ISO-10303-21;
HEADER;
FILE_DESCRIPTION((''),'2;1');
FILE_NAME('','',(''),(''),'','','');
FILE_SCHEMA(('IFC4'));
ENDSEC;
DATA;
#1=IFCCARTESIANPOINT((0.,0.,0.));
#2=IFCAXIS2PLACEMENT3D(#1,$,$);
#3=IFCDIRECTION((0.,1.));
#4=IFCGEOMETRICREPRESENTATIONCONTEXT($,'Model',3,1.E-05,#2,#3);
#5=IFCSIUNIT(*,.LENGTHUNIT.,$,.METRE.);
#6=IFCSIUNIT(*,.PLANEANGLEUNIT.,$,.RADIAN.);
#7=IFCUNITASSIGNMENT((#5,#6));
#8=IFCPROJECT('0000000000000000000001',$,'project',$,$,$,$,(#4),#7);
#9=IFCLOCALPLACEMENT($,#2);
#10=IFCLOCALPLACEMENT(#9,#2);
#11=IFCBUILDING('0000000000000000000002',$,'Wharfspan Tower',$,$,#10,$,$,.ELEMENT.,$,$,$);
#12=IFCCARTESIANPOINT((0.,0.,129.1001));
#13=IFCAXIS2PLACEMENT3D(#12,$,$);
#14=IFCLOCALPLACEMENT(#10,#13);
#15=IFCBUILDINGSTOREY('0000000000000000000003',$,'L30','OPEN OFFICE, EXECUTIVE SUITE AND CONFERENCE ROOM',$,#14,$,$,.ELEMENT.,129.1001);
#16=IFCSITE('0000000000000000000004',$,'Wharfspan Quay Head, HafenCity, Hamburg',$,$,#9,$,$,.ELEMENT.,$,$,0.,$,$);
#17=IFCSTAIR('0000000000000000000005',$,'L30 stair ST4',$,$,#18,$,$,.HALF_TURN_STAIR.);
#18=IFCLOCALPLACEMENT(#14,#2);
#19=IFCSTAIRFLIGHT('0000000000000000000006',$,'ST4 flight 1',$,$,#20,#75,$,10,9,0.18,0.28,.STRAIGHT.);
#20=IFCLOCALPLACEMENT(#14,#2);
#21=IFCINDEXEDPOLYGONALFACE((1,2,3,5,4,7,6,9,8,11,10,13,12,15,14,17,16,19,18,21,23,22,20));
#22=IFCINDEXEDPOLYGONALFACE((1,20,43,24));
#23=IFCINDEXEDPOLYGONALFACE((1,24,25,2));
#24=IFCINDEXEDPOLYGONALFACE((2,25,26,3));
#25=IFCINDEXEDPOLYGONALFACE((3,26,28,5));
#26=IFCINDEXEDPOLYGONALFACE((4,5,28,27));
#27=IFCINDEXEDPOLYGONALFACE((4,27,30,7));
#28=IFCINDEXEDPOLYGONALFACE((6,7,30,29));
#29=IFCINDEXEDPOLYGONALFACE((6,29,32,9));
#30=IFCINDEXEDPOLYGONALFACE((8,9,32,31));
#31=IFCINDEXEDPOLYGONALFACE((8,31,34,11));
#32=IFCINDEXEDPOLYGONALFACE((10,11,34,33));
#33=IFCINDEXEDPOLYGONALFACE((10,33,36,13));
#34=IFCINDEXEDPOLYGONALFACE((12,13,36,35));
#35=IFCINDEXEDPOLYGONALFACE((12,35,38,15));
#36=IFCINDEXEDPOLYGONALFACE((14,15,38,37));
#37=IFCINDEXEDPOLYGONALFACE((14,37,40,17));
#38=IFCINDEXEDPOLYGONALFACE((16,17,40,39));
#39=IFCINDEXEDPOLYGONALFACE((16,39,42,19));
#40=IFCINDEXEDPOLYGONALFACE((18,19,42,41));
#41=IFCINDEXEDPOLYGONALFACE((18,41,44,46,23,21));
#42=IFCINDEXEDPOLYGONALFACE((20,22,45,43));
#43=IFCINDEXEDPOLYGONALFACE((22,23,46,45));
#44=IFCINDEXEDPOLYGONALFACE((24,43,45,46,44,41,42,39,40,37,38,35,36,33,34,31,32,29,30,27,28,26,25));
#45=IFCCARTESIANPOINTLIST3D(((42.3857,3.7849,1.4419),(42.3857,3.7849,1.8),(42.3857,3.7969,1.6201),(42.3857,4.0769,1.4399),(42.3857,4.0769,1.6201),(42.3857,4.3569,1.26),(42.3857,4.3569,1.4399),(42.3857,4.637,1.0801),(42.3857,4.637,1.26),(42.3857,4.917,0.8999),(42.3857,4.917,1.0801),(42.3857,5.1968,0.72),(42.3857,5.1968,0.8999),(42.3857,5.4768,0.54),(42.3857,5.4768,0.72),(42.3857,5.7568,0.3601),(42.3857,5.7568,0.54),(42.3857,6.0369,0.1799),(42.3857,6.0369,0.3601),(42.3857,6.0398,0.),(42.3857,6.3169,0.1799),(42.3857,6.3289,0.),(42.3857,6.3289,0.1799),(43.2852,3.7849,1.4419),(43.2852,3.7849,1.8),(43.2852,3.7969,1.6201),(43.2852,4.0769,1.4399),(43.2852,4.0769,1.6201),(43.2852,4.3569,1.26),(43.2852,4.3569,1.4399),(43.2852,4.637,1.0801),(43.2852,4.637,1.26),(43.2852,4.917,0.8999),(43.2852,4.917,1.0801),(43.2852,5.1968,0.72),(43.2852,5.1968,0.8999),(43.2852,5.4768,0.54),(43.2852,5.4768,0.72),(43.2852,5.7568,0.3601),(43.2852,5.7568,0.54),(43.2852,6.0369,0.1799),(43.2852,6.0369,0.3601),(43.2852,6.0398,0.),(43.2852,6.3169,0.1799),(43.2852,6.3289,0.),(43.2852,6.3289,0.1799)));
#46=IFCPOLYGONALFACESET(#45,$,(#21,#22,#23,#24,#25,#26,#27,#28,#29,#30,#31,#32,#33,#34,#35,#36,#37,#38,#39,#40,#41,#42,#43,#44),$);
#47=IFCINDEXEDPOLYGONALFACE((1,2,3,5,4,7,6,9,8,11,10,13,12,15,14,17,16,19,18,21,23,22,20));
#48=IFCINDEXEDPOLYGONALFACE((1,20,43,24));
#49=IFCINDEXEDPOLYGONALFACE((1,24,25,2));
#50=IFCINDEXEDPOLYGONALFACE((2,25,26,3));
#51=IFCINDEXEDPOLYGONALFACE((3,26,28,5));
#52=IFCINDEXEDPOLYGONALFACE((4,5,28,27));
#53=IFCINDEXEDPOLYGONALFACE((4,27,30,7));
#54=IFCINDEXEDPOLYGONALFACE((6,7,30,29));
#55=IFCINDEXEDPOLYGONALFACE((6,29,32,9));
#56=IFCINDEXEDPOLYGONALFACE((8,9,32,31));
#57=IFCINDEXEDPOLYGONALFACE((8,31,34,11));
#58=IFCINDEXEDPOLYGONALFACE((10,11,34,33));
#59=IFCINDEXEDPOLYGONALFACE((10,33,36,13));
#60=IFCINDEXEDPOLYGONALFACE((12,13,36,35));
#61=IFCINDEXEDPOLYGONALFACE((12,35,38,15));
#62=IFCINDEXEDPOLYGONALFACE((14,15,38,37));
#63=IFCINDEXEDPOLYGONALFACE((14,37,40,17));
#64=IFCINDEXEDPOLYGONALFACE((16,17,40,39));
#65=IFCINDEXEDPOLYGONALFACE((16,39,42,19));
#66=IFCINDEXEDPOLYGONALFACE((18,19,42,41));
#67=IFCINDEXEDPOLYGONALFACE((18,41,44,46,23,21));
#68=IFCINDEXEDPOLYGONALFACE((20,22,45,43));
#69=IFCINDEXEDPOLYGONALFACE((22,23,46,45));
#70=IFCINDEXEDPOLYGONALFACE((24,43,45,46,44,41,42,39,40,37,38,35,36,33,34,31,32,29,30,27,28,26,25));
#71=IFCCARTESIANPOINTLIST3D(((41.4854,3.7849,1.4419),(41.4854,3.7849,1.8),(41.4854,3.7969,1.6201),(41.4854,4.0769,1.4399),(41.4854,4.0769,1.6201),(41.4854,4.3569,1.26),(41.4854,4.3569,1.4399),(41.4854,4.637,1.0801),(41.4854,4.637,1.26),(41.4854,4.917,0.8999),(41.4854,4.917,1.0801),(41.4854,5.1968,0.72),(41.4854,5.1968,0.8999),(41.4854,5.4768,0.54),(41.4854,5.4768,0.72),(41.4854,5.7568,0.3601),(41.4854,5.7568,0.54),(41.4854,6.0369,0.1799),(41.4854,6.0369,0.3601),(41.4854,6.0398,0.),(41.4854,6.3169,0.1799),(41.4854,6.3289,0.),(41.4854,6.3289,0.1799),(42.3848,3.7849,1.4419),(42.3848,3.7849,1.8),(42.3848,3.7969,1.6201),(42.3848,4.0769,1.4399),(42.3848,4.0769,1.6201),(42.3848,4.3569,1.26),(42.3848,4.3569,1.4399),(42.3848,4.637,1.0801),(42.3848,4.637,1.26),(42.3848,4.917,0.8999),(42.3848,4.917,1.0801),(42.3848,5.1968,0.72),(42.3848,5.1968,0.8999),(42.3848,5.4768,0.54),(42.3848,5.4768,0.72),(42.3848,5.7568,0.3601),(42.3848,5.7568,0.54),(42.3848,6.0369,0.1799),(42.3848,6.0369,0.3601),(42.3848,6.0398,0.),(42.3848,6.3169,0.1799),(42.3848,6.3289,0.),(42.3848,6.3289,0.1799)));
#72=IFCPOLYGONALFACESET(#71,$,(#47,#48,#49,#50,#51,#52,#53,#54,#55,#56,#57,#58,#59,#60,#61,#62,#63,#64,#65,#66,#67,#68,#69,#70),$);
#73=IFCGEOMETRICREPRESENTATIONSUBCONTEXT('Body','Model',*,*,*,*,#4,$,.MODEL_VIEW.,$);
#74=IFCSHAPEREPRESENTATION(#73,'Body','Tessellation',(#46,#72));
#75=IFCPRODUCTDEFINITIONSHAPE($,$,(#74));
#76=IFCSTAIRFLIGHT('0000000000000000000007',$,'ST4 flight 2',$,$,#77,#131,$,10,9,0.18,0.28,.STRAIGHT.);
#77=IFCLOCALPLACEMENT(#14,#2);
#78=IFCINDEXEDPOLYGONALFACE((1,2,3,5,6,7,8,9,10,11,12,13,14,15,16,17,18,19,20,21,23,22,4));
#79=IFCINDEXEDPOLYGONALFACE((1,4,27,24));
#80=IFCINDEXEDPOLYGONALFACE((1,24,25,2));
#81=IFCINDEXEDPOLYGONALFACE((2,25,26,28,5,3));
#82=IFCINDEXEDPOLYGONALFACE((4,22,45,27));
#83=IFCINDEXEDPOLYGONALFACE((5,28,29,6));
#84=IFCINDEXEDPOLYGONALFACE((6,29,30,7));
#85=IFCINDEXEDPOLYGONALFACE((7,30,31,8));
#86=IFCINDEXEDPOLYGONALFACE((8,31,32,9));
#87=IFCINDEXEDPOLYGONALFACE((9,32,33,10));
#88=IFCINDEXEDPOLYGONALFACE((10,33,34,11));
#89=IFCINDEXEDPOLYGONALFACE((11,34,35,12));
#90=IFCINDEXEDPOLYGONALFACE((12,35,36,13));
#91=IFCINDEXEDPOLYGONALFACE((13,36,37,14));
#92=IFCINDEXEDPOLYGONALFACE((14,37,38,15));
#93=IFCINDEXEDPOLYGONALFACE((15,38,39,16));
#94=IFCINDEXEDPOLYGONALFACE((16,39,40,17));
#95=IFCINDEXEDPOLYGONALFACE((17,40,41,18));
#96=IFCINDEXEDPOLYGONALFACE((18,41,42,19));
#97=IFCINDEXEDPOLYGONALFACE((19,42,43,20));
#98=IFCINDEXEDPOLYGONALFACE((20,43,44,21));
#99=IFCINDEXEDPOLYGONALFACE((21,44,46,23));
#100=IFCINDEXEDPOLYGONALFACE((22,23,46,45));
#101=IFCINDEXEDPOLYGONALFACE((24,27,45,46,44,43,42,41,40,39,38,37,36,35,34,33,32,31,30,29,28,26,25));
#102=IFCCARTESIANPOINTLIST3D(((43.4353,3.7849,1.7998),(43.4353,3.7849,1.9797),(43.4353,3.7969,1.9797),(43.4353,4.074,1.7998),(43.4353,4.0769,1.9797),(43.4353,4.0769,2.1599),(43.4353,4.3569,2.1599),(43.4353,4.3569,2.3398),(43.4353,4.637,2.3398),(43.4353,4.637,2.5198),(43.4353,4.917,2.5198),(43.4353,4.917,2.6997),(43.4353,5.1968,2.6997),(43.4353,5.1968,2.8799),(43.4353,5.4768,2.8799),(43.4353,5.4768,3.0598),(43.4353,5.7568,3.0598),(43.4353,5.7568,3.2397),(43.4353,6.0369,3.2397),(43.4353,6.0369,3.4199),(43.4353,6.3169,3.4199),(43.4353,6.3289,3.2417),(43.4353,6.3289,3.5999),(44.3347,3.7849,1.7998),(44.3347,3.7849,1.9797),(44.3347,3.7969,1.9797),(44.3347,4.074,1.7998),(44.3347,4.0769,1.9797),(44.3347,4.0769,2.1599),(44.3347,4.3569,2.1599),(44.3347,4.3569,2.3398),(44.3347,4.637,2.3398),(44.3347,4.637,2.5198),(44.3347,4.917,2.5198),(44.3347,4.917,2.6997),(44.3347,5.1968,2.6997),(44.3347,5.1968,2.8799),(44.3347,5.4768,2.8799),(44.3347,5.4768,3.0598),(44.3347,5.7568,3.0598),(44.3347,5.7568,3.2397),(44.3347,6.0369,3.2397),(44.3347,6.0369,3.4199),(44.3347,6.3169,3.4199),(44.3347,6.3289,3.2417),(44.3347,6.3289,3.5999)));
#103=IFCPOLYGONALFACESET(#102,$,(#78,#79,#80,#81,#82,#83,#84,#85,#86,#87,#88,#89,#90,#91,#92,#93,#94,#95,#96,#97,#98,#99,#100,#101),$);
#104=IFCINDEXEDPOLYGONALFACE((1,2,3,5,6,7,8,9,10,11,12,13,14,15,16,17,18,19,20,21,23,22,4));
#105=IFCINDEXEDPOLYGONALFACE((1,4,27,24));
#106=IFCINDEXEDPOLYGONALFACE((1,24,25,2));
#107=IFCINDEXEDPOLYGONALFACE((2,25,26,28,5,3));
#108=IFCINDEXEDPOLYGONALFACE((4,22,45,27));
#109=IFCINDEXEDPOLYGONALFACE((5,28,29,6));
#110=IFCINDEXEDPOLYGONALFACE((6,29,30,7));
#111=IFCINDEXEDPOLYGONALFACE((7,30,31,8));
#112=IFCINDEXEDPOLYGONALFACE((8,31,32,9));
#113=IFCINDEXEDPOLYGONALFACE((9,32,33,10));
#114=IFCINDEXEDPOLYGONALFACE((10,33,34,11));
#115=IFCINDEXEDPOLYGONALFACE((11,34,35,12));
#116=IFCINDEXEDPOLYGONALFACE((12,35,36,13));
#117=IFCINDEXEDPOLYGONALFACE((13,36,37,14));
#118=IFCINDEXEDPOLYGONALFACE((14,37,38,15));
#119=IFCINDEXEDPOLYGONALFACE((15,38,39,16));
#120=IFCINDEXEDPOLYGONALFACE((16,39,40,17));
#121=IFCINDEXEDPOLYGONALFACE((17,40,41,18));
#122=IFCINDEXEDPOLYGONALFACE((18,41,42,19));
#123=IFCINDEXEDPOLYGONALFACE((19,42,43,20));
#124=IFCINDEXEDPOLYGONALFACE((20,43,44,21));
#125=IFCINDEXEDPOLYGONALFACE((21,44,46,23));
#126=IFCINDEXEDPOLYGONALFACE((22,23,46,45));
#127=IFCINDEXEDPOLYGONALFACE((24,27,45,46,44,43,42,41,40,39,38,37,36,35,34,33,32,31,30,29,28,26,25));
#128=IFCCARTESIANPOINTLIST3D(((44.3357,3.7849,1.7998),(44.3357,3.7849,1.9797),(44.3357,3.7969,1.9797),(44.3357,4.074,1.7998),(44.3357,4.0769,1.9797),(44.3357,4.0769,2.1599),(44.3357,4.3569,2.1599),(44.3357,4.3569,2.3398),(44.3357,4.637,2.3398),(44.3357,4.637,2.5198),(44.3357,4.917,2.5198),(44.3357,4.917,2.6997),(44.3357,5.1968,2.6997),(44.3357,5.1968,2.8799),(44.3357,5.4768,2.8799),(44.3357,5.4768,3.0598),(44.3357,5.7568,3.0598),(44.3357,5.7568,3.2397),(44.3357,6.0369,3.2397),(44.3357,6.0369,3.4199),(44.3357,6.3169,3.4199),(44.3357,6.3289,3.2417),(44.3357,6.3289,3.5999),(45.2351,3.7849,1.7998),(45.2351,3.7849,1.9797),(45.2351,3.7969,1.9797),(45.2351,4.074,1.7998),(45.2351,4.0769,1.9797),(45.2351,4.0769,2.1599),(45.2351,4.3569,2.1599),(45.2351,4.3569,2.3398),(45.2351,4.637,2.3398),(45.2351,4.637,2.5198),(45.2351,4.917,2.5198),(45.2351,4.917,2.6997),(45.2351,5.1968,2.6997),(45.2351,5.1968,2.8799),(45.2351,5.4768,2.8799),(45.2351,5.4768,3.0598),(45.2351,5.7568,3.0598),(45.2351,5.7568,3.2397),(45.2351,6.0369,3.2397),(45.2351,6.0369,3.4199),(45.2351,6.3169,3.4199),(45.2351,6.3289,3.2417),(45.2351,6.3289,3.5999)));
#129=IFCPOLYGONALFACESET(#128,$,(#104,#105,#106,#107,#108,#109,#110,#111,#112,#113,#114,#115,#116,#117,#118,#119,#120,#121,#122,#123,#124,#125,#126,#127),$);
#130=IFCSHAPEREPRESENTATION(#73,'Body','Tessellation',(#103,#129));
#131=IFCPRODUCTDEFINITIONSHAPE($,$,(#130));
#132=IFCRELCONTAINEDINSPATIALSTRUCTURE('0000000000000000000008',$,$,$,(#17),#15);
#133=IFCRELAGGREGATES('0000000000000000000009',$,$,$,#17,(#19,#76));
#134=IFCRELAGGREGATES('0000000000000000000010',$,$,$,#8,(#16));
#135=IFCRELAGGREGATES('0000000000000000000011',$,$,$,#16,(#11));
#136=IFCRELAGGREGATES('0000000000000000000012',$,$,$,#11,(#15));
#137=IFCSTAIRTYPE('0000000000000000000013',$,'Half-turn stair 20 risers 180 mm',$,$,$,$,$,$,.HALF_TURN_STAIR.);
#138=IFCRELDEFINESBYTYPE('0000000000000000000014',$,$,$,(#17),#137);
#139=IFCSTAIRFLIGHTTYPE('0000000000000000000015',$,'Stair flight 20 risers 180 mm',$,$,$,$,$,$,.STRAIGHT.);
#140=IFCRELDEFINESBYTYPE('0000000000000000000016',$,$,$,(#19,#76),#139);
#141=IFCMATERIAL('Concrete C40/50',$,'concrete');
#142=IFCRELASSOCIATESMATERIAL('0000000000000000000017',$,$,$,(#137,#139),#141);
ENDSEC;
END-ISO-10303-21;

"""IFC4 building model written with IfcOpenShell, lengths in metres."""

from ifc_helpers import new_model, si_unit, direction, frame, origin, place, context, subcontext, project, spatial, polyline, outline, extrude, material, type_object, element, aggregate, save


model = new_model("IFC4")

# Units and contexts
model_context = context("Model", 3, precision=1e-05, world=origin(), true_north=direction((0.0, 1.0)))
body_context = subcontext(model_context, "Body", "Model", "MODEL_VIEW")
ifc_project = project(units=[si_unit("LENGTHUNIT", "METRE"), si_unit("PLANEANGLEUNIT", "RADIAN")], contexts=[model_context])

# Site, building, storey
site_placement = place(None, origin())
site = spatial("IfcSite", under=ifc_project, at=site_placement, Name="Wharfspan Quay Head, HafenCity, Hamburg", CompositionType="ELEMENT", RefElevation=0.0)
building_placement = place(site_placement, origin())
building = spatial("IfcBuilding", under=site, at=building_placement, Name="Wharfspan Tower", CompositionType="ELEMENT")
storey_placement = place(building_placement, frame((0.0, 0.0, 129.1001)))
storey = spatial("IfcBuildingStorey", under=building, at=storey_placement, Name="L30", Description="OPEN OFFICE, EXECUTIVE SUITE AND CONFERENCE ROOM", CompositionType="ELEMENT", Elevation=129.1001)

# Shared definitions
ifc_material_1 = material(Name="Concrete C40/50", Category="concrete")

# Stair, stair flights
stair_type = type_object("IfcStairType", Name="Half-turn stair 20 risers 180 mm", PredefinedType="HALF_TURN_STAIR", material=ifc_material_1)
stair_placement = place(storey_placement, origin())
stair = element("IfcStair", 1, at=stair_placement, inside=storey, type_object=stair_type, Name="L30 stair ST4", PredefinedType="HALF_TURN_STAIR")
stair_flight_type = type_object("IfcStairFlightType", Name="Stair flight 20 risers 180 mm", PredefinedType="STRAIGHT", material=ifc_material_1)
stair_flight_1_placement = place(storey_placement, frame((42.3853, 6.3169, 0.0), z_axis=(0.0, 0.0, 1.0), x_axis=(0.0, -1.0, 0.0)))
stair_flight_1 = element("IfcStairFlight", 2, at=stair_flight_1_placement, type_object=stair_flight_type, Name="ST4 flight 1", NumberOfRisers=10, NumberOfTreads=9, PredefinedType="STRAIGHT", RiserHeight=0.18, TreadLength=0.28, context=body_context, shape_type="SweptSolid", body=[
    extrude(outline(polyline([(-0.012, 0.0), (-0.012, 0.1799), (0.0, 0.1799), (0.28, 0.1799), (0.28, 0.3601), (0.5601, 0.3601), (0.5601, 0.54), (0.8401, 0.54), (0.8401, 0.72), (1.1201, 0.72), (1.1201, 0.8999), (1.3999, 0.8999), (1.3999, 1.0801), (1.6799, 1.0801), (1.6799, 1.26), (1.96, 1.26), (1.96, 1.4399), (2.24, 1.4399), (2.24, 1.6201), (2.52, 1.6201), (2.532, 1.8), (2.532, 1.4419), (0.2771, 0.0), (-0.012, 0.0)])), frame((0.0, 0.8999, 0.0), z_axis=(0.0, -1.0, 0.0), x_axis=(1.0, 0.0, 0.0)), (0.0, 0.0, 1.0), 0.8994),
    extrude(outline(polyline([(-0.012, 0.0), (-0.012, 0.1799), (0.0, 0.1799), (0.28, 0.1799), (0.28, 0.3601), (0.5601, 0.3601), (0.5601, 0.54), (0.8401, 0.54), (0.8401, 0.72), (1.1201, 0.72), (1.1201, 0.8999), (1.3999, 0.8999), (1.3999, 1.0801), (1.6799, 1.0801), (1.6799, 1.26), (1.96, 1.26), (1.96, 1.4399), (2.24, 1.4399), (2.24, 1.6201), (2.52, 1.6201), (2.532, 1.8), (2.532, 1.4419), (0.2771, 0.0), (-0.012, 0.0)])), frame((0.0, -0.0005, 0.0), z_axis=(0.0, -1.0, 0.0), x_axis=(1.0, 0.0, 0.0)), (0.0, 0.0, 1.0), 0.8994),
])
stair_flight_2_placement = place(storey_placement, frame((44.3352, 3.7969, 1.7998), z_axis=(0.0, 0.0, 1.0), x_axis=(0.0, 1.0, 0.0)))
stair_flight_2 = element("IfcStairFlight", 3, at=stair_flight_2_placement, type_object=stair_flight_type, Name="ST4 flight 2", NumberOfRisers=10, NumberOfTreads=9, PredefinedType="STRAIGHT", RiserHeight=0.18, TreadLength=0.28, context=body_context, shape_type="SweptSolid", body=[
    extrude(outline(polyline([(-0.012, 0.0), (-0.012, 0.1799), (0.0, 0.1799), (0.28, 0.1799), (0.28, 0.3601), (0.5601, 0.3601), (0.5601, 0.54), (0.8401, 0.54), (0.8401, 0.72), (1.1201, 0.72), (1.1201, 0.8999), (1.3999, 0.8999), (1.3999, 1.0801), (1.6799, 1.0801), (1.6799, 1.26), (1.96, 1.26), (1.96, 1.4399), (2.24, 1.4399), (2.24, 1.6201), (2.52, 1.6201), (2.532, 1.8), (2.532, 1.4419), (0.2771, 0.0), (-0.012, 0.0)])), frame((0.0, 0.8999, 0.0), z_axis=(0.0, -1.0, 0.0), x_axis=(1.0, 0.0, 0.0)), (0.0, 0.0, 1.0), 0.8994),
    extrude(outline(polyline([(-0.012, 0.0), (-0.012, 0.1799), (0.0, 0.1799), (0.28, 0.1799), (0.28, 0.3601), (0.5601, 0.3601), (0.5601, 0.54), (0.8401, 0.54), (0.8401, 0.72), (1.1201, 0.72), (1.1201, 0.8999), (1.3999, 0.8999), (1.3999, 1.0801), (1.6799, 1.0801), (1.6799, 1.26), (1.96, 1.26), (1.96, 1.4399), (2.24, 1.4399), (2.24, 1.6201), (2.52, 1.6201), (2.532, 1.8), (2.532, 1.4419), (0.2771, 0.0), (-0.012, 0.0)])), frame((0.0, -0.0005, 0.0), z_axis=(0.0, -1.0, 0.0), x_axis=(1.0, 0.0, 0.0)), (0.0, 0.0, 1.0), 0.8994),
])
aggregate(stair, [stair_flight_1, stair_flight_2])

save(model, "model.ifc")
